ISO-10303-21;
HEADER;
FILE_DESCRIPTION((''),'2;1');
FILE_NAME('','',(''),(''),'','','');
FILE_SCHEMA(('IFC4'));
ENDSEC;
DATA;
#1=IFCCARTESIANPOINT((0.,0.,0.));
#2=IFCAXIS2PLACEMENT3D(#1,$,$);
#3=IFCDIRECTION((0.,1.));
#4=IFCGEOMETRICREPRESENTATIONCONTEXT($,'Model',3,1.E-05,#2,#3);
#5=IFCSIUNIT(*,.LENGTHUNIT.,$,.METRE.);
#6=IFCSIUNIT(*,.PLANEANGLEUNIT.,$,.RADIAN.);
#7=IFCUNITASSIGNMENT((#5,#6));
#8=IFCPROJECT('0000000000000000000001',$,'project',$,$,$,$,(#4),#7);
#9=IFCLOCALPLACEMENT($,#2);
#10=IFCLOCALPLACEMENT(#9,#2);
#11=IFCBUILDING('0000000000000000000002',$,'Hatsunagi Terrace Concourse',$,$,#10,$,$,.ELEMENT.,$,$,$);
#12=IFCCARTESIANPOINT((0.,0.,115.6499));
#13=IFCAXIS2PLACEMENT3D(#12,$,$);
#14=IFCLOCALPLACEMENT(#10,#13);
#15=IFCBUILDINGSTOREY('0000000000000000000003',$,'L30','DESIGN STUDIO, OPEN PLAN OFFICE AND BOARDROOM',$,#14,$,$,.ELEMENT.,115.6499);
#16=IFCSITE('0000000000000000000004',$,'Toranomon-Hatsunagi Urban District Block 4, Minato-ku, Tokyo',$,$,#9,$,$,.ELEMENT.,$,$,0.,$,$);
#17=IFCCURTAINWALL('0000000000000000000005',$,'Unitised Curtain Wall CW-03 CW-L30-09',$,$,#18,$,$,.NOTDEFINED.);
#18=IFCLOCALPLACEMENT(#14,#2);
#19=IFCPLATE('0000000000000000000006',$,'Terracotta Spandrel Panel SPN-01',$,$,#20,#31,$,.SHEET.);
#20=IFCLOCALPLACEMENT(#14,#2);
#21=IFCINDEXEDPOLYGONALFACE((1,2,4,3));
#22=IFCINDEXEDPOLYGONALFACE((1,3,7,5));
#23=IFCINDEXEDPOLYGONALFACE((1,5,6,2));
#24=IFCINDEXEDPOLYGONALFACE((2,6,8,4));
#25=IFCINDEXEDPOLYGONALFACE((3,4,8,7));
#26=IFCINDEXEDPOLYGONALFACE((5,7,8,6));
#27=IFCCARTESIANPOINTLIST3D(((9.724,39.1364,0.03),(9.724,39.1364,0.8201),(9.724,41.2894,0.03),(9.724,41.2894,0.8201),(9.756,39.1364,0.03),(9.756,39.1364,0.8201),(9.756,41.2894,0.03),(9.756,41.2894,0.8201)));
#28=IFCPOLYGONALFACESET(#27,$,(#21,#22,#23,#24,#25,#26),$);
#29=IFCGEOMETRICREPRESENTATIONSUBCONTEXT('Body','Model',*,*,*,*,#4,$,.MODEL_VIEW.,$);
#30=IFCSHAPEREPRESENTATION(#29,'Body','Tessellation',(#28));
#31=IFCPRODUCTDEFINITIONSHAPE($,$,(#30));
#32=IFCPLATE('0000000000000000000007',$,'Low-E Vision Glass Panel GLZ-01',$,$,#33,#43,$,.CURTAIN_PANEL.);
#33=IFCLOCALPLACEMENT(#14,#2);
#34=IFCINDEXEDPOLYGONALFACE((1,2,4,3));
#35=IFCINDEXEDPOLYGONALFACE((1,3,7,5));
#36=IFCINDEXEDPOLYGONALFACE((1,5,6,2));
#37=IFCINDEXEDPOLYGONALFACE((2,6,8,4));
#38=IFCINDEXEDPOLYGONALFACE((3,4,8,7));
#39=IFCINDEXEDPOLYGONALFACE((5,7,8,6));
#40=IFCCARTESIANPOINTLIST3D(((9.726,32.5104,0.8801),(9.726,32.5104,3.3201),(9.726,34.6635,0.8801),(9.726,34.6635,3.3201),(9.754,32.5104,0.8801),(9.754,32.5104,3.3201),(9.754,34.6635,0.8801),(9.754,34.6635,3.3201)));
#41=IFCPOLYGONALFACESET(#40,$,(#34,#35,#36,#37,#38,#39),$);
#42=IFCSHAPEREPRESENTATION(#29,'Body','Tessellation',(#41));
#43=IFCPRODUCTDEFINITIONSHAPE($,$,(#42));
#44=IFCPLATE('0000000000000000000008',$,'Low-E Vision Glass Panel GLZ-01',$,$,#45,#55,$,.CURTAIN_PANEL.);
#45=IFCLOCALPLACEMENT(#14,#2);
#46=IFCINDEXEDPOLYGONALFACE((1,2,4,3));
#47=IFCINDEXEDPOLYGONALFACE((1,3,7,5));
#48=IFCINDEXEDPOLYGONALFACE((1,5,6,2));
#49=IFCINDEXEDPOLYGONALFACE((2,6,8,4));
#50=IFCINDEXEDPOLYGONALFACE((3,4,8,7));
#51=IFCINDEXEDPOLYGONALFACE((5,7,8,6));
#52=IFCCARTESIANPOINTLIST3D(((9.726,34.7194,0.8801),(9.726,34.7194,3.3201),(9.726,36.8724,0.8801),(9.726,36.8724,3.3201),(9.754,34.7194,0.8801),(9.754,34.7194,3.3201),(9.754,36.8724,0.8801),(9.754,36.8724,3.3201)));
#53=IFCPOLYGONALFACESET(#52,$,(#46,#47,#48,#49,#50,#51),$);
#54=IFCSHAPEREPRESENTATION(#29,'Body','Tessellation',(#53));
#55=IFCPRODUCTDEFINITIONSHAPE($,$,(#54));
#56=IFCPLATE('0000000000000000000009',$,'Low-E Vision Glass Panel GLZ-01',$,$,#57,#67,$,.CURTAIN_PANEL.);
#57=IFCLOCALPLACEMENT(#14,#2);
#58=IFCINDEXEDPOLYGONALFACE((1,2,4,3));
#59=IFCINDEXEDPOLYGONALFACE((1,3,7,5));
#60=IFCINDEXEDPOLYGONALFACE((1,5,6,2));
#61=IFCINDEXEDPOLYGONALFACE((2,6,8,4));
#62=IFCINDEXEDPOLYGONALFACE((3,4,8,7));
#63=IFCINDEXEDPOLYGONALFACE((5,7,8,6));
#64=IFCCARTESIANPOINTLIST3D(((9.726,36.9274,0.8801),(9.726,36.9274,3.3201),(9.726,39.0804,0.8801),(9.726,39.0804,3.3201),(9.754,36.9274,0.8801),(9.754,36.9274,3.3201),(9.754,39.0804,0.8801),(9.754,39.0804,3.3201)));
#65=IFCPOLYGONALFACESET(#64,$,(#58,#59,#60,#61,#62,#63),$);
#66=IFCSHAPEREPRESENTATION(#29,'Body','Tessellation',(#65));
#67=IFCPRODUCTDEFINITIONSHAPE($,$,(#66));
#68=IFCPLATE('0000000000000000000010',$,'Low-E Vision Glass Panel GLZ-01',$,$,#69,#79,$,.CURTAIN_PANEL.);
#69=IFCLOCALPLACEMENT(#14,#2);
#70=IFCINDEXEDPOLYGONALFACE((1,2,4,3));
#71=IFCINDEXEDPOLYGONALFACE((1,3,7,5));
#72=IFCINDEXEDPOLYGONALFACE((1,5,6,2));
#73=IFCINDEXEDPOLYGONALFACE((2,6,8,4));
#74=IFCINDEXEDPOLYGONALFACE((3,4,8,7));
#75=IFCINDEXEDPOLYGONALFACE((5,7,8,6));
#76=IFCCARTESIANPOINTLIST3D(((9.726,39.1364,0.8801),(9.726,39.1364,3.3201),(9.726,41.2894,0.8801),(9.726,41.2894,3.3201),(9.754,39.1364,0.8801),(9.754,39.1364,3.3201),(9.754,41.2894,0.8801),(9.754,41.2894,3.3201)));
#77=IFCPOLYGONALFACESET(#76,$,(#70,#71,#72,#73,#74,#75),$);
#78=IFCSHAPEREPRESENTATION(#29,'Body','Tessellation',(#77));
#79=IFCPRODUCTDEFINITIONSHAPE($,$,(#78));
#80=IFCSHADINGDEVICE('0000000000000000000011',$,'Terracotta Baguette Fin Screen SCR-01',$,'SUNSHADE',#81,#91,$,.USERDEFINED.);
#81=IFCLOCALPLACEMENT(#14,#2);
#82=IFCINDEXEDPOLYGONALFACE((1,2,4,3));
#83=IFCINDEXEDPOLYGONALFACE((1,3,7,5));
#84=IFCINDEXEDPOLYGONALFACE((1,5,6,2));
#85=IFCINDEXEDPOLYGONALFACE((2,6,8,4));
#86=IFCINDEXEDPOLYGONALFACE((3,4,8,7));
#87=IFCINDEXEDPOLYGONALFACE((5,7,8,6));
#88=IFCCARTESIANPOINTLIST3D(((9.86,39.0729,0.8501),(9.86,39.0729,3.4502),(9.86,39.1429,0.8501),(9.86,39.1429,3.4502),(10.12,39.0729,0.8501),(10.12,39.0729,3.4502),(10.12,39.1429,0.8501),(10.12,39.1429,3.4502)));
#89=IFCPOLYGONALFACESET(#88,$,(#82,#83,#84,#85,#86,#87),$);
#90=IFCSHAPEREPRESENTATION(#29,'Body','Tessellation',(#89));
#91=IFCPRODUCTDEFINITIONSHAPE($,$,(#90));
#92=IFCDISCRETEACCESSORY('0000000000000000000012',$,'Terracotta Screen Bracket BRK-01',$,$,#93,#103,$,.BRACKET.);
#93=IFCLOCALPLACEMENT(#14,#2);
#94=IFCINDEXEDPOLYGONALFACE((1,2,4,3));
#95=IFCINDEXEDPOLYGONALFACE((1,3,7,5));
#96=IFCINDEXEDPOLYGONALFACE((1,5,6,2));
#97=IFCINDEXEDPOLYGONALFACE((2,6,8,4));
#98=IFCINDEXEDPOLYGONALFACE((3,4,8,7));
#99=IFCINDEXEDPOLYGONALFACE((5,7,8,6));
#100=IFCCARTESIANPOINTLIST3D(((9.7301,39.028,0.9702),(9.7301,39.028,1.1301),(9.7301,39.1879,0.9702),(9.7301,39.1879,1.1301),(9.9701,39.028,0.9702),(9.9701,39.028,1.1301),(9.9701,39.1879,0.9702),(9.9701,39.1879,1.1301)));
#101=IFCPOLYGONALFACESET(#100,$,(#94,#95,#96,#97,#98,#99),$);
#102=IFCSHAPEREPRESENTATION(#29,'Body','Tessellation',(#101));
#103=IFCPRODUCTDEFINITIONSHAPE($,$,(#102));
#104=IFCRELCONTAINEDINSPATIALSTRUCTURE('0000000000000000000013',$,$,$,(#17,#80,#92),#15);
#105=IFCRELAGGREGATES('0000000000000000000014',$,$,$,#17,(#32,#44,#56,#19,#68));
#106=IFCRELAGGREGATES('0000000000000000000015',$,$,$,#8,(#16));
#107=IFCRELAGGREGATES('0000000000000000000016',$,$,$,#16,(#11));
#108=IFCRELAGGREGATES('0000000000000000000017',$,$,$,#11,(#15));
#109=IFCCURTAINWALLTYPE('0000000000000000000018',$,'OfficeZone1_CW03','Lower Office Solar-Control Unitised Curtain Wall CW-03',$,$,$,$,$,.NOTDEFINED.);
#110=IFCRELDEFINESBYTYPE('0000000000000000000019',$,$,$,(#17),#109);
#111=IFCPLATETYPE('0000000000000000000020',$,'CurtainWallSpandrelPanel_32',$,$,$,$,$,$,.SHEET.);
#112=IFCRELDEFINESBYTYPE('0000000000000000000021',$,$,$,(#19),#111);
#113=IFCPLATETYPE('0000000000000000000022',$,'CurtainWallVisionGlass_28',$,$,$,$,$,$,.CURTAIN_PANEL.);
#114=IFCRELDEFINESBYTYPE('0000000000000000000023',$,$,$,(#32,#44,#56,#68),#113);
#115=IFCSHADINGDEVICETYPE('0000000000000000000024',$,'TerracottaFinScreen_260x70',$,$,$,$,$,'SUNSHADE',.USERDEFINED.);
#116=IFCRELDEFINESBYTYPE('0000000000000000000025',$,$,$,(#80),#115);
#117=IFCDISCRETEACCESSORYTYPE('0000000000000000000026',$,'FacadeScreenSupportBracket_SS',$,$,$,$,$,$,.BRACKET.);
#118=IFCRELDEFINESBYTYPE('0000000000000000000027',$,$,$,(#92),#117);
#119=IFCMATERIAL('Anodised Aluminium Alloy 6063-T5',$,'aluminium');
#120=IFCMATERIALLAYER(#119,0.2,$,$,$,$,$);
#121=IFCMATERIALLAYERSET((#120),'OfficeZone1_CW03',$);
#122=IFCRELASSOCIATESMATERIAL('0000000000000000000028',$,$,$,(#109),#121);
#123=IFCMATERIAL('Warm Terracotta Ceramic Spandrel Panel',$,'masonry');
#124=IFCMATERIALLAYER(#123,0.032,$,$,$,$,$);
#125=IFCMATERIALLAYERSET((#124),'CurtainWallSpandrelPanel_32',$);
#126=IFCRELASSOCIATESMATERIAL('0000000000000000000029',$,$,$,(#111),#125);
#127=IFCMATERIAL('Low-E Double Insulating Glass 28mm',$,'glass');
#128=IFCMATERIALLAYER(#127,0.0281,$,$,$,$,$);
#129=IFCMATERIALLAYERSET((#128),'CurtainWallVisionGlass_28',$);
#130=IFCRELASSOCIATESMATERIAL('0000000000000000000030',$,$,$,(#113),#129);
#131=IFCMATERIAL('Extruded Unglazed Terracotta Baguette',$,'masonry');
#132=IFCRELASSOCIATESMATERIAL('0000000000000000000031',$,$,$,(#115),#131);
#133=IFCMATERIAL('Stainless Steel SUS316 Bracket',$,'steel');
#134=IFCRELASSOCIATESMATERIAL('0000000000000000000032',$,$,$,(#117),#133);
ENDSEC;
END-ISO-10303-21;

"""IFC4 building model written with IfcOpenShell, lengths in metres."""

from ifc_helpers import new_model, si_unit, direction, frame, origin, origin_2d, place, context, subcontext, project, spatial, rectangle, extrude, material, layer, layer_set, type_object, element, aggregate, save


model = new_model("IFC4")

# Units and contexts
model_context = context("Model", 3, precision=1e-05, world=origin(), true_north=direction((0.0, 1.0)))
body_context = subcontext(model_context, "Body", "Model", "MODEL_VIEW")
ifc_project = project(units=[si_unit("LENGTHUNIT", "METRE"), si_unit("PLANEANGLEUNIT", "RADIAN")], contexts=[model_context])

# Site, building, storey
site_placement = place(None, origin())
site = spatial("IfcSite", under=ifc_project, at=site_placement, Name="Toranomon-Hatsunagi Urban District Block 4, Minato-ku, Tokyo", CompositionType="ELEMENT", RefElevation=0.0)
building_placement = place(site_placement, origin())
building = spatial("IfcBuilding", under=site, at=building_placement, Name="Hatsunagi Terrace Concourse", CompositionType="ELEMENT")
storey_placement = place(building_placement, frame((0.0, 0.0, 115.6499)))
storey = spatial("IfcBuildingStorey", under=building, at=storey_placement, Name="L30", Description="DESIGN STUDIO, OPEN PLAN OFFICE AND BOARDROOM", CompositionType="ELEMENT", Elevation=115.6499)

# Curtain wall
ifc_material_1 = material(Name="Anodised Aluminium Alloy 6063-T5", Category="aluminium")
ifc_layer_1 = layer(ifc_material_1, 0.2)
ifc_layer_set_1 = layer_set([ifc_layer_1], Name="OfficeZone1_CW03")
curtain_wall_type = type_object("IfcCurtainWallType", Name="OfficeZone1_CW03", Description="Lower Office Solar-Control Unitised Curtain Wall CW-03", PredefinedType="NOTDEFINED", material=ifc_layer_set_1)
curtain_wall_placement = place(storey_placement, origin())
curtain_wall = element("IfcCurtainWall", 1, at=curtain_wall_placement, inside=storey, type_object=curtain_wall_type, Name="Unitised Curtain Wall CW-03 CW-L30-09", PredefinedType="NOTDEFINED")

# Plates
ifc_material_2 = material(Name="Warm Terracotta Ceramic Spandrel Panel", Category="masonry")
ifc_layer_2 = layer(ifc_material_2, 0.032)
ifc_layer_set_2 = layer_set([ifc_layer_2], Name="CurtainWallSpandrelPanel_32")
plate_type_1 = type_object("IfcPlateType", Name="CurtainWallSpandrelPanel_32", PredefinedType="SHEET", material=ifc_layer_set_2)
plate_1_placement = place(storey_placement, frame((9.74, 40.2129, 0.03), z_axis=(0.0, 0.0, 1.0), x_axis=(0.0, 1.0, 0.0)))
plate_1 = element("IfcPlate", 2, at=plate_1_placement, type_object=plate_type_1, Name="Terracotta Spandrel Panel SPN-01", PredefinedType="SHEET", context=body_context, shape_type="SweptSolid", body=[
    extrude(rectangle(XDim=2.1531, YDim=0.032, at=origin_2d()), origin(), (0.0, 0.0, 1.0), 0.79),
])
ifc_material_3 = material(Name="Low-E Double Insulating Glass 28mm", Category="glass")
ifc_layer_3 = layer(ifc_material_3, 0.0281)
ifc_layer_set_3 = layer_set([ifc_layer_3], Name="CurtainWallVisionGlass_28")
plate_type_2 = type_object("IfcPlateType", Name="CurtainWallVisionGlass_28", PredefinedType="CURTAIN_PANEL", material=ifc_layer_set_3)
plate_2_placement = place(storey_placement, frame((9.74, 33.5869, 0.8801), z_axis=(0.0, 0.0, 1.0), x_axis=(0.0, 1.0, 0.0)))
plate_2 = element("IfcPlate", 3, at=plate_2_placement, type_object=plate_type_2, Name="Low-E Vision Glass Panel GLZ-01", PredefinedType="CURTAIN_PANEL", context=body_context, shape_type="SweptSolid", body=[
    extrude(rectangle(XDim=2.1531, YDim=0.0281, at=origin_2d()), origin(), (0.0, 0.0, 1.0), 2.4399),
])
plate_3_placement = place(storey_placement, frame((9.74, 35.7959, 0.8801), z_axis=(0.0, 0.0, 1.0), x_axis=(0.0, 1.0, 0.0)))
plate_3 = element("IfcPlate", 4, at=plate_3_placement, type_object=plate_type_2, Name="Low-E Vision Glass Panel GLZ-01", PredefinedType="CURTAIN_PANEL", context=body_context, shape_type="SweptSolid", body=[
    extrude(rectangle(XDim=2.1531, YDim=0.0281, at=origin_2d()), origin(), (0.0, 0.0, 1.0), 2.4399),
])
plate_4_placement = place(storey_placement, frame((9.74, 38.0039, 0.8801), z_axis=(0.0, 0.0, 1.0), x_axis=(0.0, 1.0, 0.0)))
plate_4 = element("IfcPlate", 5, at=plate_4_placement, type_object=plate_type_2, Name="Low-E Vision Glass Panel GLZ-01", PredefinedType="CURTAIN_PANEL", context=body_context, shape_type="SweptSolid", body=[
    extrude(rectangle(XDim=2.1531, YDim=0.0281, at=origin_2d()), origin(), (0.0, 0.0, 1.0), 2.4399),
])
plate_5_placement = place(storey_placement, frame((9.74, 40.2129, 0.8801), z_axis=(0.0, 0.0, 1.0), x_axis=(0.0, 1.0, 0.0)))
plate_5 = element("IfcPlate", 6, at=plate_5_placement, type_object=plate_type_2, Name="Low-E Vision Glass Panel GLZ-01", PredefinedType="CURTAIN_PANEL", context=body_context, shape_type="SweptSolid", body=[
    extrude(rectangle(XDim=2.1531, YDim=0.0281, at=origin_2d()), origin(), (0.0, 0.0, 1.0), 2.4399),
])
aggregate(curtain_wall, [plate_2, plate_3, plate_4, plate_1, plate_5])

# Shading device
ifc_material_4 = material(Name="Extruded Unglazed Terracotta Baguette", Category="masonry")
shading_device_type = type_object("IfcShadingDeviceType", Name="TerracottaFinScreen_260x70", ElementType="SUNSHADE", PredefinedType="USERDEFINED", material=ifc_material_4)
shading_device_placement = place(storey_placement, frame((9.99, 39.1079, 0.8501), z_axis=(0.0, 0.0, 1.0), x_axis=(0.0, 1.0, 0.0)))
element("IfcShadingDevice", 7, at=shading_device_placement, inside=storey, type_object=shading_device_type, Name="Terracotta Baguette Fin Screen SCR-01", ObjectType="SUNSHADE", PredefinedType="USERDEFINED", context=body_context, shape_type="SweptSolid", body=[
    extrude(rectangle(XDim=0.0701, YDim=0.26, at=origin_2d()), origin(), (0.0, 0.0, 1.0), 2.6001),
])

# Discrete accessory
ifc_material_5 = material(Name="Stainless Steel SUS316 Bracket", Category="steel")
discrete_accessory_type = type_object("IfcDiscreteAccessoryType", Name="FacadeScreenSupportBracket_SS", PredefinedType="BRACKET", material=ifc_material_5)
discrete_accessory_placement = place(storey_placement, frame((9.8501, 39.1079, 0.9702), z_axis=(0.0, 0.0, 1.0), x_axis=(0.0, 1.0, 0.0)))
element("IfcDiscreteAccessory", 8, at=discrete_accessory_placement, inside=storey, type_object=discrete_accessory_type, Name="Terracotta Screen Bracket BRK-01", PredefinedType="BRACKET", context=body_context, shape_type="SweptSolid", body=[
    extrude(rectangle(XDim=0.1599, YDim=0.24, at=origin_2d()), origin(), (0.0, 0.0, 1.0), 0.1599),
])

save(model, "model.ifc")
